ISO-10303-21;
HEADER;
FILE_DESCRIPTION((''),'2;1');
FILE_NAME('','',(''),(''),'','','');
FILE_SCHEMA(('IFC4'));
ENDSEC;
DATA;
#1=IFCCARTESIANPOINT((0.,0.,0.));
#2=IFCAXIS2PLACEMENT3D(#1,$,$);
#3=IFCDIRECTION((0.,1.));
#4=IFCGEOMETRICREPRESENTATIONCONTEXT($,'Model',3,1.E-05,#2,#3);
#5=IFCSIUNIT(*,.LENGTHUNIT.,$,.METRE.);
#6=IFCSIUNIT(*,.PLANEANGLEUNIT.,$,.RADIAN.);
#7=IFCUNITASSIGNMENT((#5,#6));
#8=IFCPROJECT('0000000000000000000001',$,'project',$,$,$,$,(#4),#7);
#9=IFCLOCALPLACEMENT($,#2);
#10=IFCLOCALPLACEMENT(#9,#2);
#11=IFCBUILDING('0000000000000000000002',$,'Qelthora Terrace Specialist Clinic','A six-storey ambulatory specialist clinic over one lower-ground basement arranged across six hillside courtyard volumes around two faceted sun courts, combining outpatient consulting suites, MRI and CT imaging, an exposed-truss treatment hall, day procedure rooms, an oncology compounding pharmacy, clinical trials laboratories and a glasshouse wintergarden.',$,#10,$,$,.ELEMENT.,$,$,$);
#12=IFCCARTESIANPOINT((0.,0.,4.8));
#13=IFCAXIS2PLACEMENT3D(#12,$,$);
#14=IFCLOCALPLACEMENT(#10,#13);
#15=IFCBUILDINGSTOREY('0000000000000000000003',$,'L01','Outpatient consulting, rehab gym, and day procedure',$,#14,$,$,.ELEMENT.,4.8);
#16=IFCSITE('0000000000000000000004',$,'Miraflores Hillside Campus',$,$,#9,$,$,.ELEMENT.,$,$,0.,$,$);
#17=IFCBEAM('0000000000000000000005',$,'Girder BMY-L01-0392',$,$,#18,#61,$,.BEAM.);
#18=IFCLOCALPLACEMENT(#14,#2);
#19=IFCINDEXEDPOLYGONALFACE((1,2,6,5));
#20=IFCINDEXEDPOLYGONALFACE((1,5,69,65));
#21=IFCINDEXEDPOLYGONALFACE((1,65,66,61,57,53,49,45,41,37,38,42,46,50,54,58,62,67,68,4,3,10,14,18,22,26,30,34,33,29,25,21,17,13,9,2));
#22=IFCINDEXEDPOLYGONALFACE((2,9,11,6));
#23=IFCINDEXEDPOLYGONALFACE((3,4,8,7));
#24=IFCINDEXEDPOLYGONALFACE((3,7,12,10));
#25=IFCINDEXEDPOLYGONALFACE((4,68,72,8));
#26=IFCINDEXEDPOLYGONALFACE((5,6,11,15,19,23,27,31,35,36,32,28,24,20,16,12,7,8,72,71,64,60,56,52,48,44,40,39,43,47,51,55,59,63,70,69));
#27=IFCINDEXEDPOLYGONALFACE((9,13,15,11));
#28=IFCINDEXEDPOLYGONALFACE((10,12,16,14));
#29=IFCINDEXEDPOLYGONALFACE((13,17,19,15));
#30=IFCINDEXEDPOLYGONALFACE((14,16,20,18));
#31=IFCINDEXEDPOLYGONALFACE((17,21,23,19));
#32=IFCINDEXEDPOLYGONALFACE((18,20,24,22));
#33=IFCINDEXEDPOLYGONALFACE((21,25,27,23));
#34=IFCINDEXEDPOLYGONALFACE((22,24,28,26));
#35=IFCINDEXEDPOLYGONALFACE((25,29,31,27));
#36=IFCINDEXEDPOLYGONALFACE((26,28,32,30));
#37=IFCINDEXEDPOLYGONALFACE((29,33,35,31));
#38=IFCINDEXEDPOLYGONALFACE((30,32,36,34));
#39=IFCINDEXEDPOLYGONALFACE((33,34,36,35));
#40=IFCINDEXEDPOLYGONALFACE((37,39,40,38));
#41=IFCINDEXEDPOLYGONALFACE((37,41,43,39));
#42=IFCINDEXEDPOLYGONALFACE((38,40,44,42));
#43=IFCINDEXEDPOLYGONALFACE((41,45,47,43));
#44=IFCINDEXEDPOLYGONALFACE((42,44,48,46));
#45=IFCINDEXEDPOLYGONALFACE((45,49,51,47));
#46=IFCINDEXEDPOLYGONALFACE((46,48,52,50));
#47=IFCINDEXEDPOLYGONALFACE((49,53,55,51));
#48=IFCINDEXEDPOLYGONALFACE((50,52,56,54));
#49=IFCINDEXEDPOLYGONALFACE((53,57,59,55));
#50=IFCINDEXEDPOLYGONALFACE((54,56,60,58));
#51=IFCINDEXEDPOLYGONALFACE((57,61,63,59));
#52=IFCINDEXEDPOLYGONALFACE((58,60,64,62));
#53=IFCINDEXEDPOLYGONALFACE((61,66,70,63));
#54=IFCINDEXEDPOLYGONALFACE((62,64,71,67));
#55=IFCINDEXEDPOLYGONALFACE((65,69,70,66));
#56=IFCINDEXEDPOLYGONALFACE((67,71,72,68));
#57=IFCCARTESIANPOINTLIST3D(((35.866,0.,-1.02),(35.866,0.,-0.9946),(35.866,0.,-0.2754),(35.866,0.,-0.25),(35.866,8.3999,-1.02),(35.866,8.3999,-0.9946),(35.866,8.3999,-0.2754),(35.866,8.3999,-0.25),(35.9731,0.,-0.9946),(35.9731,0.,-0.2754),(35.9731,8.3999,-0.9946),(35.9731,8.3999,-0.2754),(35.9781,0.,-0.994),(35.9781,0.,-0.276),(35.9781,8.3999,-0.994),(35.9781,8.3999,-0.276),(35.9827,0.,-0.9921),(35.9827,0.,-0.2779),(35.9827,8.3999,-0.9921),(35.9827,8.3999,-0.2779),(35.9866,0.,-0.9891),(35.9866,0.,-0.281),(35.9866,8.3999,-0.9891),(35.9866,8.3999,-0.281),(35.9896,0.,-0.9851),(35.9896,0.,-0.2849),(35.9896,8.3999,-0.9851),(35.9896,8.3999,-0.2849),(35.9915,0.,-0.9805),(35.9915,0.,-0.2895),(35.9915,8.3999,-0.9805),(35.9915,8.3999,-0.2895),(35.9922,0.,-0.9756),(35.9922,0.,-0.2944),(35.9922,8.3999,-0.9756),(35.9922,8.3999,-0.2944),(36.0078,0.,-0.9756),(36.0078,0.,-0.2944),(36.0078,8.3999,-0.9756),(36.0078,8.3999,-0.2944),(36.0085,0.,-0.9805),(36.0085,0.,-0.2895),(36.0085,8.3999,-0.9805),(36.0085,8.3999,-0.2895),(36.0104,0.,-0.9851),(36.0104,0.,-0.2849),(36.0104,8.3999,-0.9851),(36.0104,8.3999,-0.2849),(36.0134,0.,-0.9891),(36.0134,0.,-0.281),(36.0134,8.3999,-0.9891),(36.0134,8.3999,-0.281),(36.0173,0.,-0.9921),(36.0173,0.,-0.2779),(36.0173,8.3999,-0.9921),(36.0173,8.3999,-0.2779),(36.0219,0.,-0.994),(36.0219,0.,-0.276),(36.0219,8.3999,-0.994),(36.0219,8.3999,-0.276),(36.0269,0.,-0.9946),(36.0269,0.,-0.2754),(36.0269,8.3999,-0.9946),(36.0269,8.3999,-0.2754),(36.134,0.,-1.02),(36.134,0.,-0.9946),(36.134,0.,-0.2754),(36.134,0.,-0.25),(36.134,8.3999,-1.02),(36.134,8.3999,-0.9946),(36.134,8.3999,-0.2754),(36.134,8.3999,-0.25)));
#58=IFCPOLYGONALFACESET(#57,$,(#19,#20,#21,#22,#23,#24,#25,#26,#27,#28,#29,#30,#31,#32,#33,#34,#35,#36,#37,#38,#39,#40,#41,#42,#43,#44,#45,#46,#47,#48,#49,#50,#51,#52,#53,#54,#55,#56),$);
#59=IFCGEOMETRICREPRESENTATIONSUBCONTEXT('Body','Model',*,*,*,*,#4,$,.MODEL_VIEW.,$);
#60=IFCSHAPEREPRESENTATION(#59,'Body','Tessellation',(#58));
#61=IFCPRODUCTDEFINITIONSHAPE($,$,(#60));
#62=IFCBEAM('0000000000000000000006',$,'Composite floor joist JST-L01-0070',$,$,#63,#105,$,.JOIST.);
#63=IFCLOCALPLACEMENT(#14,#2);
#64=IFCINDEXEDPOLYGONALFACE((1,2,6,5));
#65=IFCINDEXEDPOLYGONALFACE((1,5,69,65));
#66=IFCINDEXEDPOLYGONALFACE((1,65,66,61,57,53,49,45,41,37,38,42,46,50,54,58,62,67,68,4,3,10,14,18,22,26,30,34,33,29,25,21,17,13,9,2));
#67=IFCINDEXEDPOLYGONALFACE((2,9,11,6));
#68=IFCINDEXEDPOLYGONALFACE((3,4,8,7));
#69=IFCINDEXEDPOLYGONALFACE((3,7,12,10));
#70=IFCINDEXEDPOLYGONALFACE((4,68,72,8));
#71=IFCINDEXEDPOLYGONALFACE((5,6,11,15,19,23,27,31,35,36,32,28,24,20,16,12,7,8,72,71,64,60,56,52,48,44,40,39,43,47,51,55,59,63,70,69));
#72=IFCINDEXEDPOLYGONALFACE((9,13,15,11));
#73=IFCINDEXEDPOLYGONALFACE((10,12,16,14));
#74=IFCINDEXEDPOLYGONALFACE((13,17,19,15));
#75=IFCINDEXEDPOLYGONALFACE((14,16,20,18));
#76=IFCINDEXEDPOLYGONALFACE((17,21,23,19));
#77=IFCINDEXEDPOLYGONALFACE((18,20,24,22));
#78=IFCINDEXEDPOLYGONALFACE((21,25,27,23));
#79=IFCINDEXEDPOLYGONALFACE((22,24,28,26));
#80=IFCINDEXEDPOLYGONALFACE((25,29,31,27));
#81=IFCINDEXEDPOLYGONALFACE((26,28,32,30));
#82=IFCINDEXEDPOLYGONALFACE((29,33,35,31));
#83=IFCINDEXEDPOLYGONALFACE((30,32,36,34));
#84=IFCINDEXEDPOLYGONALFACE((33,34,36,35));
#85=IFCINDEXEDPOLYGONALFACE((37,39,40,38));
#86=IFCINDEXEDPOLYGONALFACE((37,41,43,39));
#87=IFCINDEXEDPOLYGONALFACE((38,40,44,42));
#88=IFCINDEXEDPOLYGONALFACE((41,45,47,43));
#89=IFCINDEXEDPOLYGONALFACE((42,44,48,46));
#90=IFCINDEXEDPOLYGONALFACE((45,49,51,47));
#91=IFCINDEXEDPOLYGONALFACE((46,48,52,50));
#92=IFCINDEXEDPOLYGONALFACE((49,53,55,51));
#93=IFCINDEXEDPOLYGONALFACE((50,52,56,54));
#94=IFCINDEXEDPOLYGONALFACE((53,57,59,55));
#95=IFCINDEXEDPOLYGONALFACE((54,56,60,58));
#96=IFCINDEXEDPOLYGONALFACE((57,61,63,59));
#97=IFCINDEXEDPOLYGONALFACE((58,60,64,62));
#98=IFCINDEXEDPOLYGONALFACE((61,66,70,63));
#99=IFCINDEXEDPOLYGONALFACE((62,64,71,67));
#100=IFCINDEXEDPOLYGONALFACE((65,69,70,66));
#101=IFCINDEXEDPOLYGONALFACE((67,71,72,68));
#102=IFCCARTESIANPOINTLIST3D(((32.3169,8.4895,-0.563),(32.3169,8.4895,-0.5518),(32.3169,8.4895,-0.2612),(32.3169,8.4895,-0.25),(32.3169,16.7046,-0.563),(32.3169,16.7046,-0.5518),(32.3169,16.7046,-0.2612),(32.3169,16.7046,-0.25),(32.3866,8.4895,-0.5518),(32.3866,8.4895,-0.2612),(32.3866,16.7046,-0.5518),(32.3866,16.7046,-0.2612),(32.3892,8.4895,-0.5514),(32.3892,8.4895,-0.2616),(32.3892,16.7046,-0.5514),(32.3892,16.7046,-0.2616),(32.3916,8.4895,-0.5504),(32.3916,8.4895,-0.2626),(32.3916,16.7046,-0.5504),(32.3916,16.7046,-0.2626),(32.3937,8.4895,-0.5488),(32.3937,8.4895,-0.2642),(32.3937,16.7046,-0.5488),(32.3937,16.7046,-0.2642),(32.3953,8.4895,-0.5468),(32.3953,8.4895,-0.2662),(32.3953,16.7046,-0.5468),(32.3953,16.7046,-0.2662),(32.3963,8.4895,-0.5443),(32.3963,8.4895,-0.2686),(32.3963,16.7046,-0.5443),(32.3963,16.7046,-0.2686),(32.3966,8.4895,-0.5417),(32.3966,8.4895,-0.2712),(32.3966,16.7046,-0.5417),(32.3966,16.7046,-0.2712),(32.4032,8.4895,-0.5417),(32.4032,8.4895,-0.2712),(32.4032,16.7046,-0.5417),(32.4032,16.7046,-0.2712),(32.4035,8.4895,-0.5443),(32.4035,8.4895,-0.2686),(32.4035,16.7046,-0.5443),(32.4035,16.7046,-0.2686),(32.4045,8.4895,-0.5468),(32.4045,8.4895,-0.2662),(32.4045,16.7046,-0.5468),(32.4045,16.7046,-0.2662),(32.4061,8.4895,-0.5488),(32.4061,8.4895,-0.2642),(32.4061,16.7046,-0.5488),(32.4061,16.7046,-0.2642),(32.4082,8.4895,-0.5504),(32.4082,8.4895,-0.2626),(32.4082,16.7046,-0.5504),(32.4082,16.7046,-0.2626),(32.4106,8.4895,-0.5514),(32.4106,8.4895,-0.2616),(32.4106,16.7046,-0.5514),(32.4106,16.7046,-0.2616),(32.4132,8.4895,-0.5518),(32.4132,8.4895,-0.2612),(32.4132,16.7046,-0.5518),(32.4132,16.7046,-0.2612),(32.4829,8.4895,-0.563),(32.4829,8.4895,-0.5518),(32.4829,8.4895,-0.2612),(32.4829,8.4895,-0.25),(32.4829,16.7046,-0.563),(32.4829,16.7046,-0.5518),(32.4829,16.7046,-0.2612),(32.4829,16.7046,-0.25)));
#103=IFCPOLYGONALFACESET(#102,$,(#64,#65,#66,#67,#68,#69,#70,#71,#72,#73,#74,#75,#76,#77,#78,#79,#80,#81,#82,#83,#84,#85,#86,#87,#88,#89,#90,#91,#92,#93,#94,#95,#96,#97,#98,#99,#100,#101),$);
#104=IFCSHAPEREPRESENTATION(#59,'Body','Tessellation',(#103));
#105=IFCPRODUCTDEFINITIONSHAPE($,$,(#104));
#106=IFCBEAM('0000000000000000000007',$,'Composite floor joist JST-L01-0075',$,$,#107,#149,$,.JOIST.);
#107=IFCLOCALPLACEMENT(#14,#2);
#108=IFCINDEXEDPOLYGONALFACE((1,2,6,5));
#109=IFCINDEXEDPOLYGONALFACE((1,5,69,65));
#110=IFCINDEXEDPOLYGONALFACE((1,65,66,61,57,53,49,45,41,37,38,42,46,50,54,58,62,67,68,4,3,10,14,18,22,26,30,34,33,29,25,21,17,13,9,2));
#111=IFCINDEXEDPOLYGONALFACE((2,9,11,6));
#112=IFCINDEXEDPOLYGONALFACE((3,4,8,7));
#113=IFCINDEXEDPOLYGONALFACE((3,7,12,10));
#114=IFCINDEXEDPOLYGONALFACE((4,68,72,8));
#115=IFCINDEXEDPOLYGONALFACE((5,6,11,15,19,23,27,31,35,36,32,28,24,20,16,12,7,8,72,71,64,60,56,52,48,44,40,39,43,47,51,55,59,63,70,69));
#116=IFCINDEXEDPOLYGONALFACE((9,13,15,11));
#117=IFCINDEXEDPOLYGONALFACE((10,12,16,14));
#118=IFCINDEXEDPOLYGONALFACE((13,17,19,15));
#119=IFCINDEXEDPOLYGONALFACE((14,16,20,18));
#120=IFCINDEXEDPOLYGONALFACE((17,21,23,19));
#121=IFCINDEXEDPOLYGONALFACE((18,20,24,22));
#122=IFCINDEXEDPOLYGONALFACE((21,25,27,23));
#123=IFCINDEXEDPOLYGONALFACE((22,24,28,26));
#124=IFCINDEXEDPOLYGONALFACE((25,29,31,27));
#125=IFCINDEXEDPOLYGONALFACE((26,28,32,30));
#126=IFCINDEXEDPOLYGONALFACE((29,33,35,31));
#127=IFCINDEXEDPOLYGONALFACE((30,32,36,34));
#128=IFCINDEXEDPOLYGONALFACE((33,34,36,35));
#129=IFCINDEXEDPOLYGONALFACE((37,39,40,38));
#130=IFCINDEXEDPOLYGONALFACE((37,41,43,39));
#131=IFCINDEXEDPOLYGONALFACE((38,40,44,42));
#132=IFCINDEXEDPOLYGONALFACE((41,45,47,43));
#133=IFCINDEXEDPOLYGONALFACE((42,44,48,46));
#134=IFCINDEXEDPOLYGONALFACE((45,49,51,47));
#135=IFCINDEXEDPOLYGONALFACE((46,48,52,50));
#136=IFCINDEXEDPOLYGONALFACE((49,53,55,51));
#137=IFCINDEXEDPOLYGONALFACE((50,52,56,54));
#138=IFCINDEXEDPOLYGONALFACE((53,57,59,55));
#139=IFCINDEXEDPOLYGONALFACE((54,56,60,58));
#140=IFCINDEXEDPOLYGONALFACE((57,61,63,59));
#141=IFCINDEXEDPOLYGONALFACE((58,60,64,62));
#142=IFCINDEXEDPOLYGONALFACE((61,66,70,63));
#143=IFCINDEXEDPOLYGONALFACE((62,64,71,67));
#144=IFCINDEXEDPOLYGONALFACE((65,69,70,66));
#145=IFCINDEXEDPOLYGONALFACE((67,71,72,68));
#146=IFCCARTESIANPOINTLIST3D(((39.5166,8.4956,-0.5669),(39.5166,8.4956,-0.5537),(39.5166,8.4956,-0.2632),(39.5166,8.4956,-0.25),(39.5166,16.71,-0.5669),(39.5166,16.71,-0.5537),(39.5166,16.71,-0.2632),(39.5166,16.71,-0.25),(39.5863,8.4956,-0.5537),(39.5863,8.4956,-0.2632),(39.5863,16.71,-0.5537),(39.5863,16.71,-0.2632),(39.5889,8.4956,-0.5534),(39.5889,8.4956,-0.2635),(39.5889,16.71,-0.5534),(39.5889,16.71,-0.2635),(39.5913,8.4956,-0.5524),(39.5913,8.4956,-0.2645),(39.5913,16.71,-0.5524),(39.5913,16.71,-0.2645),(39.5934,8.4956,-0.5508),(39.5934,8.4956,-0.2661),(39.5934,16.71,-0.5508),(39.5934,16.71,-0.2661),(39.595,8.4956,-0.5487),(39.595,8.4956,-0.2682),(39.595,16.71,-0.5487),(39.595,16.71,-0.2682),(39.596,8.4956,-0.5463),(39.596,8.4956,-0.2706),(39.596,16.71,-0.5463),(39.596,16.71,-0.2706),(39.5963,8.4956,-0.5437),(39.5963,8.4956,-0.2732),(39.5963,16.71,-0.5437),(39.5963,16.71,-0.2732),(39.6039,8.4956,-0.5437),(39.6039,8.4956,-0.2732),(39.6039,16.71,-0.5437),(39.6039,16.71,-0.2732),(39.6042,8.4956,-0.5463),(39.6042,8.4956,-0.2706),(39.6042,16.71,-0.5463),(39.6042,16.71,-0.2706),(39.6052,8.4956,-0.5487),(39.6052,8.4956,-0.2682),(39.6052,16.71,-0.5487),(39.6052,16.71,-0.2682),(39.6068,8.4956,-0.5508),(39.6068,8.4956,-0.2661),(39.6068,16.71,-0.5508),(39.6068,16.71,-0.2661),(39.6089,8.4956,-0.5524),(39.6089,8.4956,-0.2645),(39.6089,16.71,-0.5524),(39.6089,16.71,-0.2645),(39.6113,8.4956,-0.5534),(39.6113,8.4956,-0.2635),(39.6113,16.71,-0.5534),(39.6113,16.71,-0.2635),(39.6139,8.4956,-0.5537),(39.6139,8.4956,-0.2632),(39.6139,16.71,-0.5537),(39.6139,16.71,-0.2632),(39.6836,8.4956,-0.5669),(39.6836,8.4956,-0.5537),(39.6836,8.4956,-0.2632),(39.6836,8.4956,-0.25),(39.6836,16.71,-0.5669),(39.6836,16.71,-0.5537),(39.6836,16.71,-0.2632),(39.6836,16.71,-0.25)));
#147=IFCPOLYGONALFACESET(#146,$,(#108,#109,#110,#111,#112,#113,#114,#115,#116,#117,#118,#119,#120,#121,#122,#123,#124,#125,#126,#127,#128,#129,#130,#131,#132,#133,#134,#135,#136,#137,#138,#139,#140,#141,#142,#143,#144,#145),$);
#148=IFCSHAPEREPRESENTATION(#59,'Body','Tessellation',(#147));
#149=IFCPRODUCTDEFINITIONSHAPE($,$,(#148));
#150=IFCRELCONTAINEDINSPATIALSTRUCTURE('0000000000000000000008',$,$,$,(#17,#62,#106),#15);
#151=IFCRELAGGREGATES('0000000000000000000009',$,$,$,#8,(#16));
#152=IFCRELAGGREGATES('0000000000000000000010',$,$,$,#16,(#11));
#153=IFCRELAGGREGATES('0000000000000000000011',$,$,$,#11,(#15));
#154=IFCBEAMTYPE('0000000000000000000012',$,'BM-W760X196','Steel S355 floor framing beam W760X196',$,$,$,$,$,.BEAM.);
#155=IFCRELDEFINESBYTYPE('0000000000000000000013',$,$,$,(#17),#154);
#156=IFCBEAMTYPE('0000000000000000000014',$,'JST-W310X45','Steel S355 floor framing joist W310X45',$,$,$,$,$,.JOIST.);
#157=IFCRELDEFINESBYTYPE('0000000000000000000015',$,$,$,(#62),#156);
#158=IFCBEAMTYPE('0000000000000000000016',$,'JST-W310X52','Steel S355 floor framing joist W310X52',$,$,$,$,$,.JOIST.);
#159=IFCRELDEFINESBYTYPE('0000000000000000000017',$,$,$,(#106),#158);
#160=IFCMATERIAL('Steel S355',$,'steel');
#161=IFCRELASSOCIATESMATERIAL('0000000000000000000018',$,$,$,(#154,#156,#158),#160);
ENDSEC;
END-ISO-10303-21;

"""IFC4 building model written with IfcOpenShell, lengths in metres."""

from ifc_helpers import new_model, si_unit, direction, frame, origin, origin_2d, place, context, subcontext, project, spatial, i_section, extrude, material, material_profile, profile_set, type_object, element, save


model = new_model("IFC4")

# Units and contexts
model_context = context("Model", 3, precision=1e-05, world=origin(), true_north=direction((0.0, 1.0)))
body_context = subcontext(model_context, "Body", "Model", "MODEL_VIEW")
ifc_project = project(units=[si_unit("LENGTHUNIT", "METRE"), si_unit("PLANEANGLEUNIT", "RADIAN")], contexts=[model_context])

# Site, building, storey
site_placement = place(None, origin())
site = spatial("IfcSite", under=ifc_project, at=site_placement, Name="Miraflores Hillside Campus", CompositionType="ELEMENT", RefElevation=0.0)
building_placement = place(site_placement, origin())
building = spatial("IfcBuilding", under=site, at=building_placement, Name="Qelthora Terrace Specialist Clinic", Description="A six-storey ambulatory specialist clinic over one lower-ground basement arranged across six hillside courtyard volumes around two faceted sun courts, combining outpatient consulting suites, MRI and CT imaging, an exposed-truss treatment hall, day procedure rooms, an oncology compounding pharmacy, clinical trials laboratories and a glasshouse wintergarden.", CompositionType="ELEMENT")
storey_placement = place(building_placement, frame((0.0, 0.0, 4.8)))
storey = spatial("IfcBuildingStorey", under=building, at=storey_placement, Name="L01", Description="Outpatient consulting, rehab gym, and day procedure", CompositionType="ELEMENT", Elevation=4.8)

# Shared definitions
ifc_material_1 = material(Name="Steel S355", Category="steel")

# Beams
ifc_material_profile_1 = material_profile(ifc_material_1, i_section(OverallWidth=0.2681, OverallDepth=0.77, WebThickness=0.0156, FlangeThickness=0.0254, FilletRadius=0.019, at=origin_2d()), Name="W760X196")
ifc_profile_set_1 = profile_set([ifc_material_profile_1], Name="Steel S355")
beam_type_1 = type_object("IfcBeamType", Name="BM-W760X196", Description="Steel S355 floor framing beam W760X196", PredefinedType="BEAM", material=ifc_profile_set_1)
beam_1_placement = place(storey_placement, frame((36.0, 0.0, -0.635), z_axis=(0.0, 1.0, 0.0), x_axis=(-1.0, 0.0, 0.0)))
element("IfcBeam", 1, at=beam_1_placement, inside=storey, type_object=beam_type_1, Name="Girder BMY-L01-0392", PredefinedType="BEAM", context=body_context, shape_type="SweptSolid", body=[
    extrude(i_section(OverallWidth=0.2681, OverallDepth=0.77, WebThickness=0.0156, FlangeThickness=0.0254, FilletRadius=0.019, at=origin_2d()), origin(), (0.0, 0.0, 1.0), 8.3999),
])
ifc_material_profile_2 = material_profile(ifc_material_1, i_section(OverallWidth=0.166, OverallDepth=0.313, WebThickness=0.0066, FlangeThickness=0.0112, FilletRadius=0.01, at=origin_2d()), Name="W310X45")
ifc_profile_set_2 = profile_set([ifc_material_profile_2], Name="Steel S355")
beam_type_2 = type_object("IfcBeamType", Name="JST-W310X45", Description="Steel S355 floor framing joist W310X45", PredefinedType="JOIST", material=ifc_profile_set_2)
beam_2_placement = place(storey_placement, frame((32.3999, 8.4895, -0.4065), z_axis=(0.0, 1.0, 0.0), x_axis=(-1.0, 0.0, 0.0)))
element("IfcBeam", 2, at=beam_2_placement, inside=storey, type_object=beam_type_2, Name="Composite floor joist JST-L01-0070", PredefinedType="JOIST", context=body_context, shape_type="SweptSolid", body=[
    extrude(i_section(OverallWidth=0.166, OverallDepth=0.313, WebThickness=0.0066, FlangeThickness=0.0112, FilletRadius=0.01, at=origin_2d()), origin(), (0.0, 0.0, 1.0), 8.2151),
])
ifc_material_profile_3 = material_profile(ifc_material_1, i_section(OverallWidth=0.167, OverallDepth=0.3169, WebThickness=0.0076, FlangeThickness=0.0132, FilletRadius=0.01, at=origin_2d()), Name="W310X52")
ifc_profile_set_3 = profile_set([ifc_material_profile_3], Name="Steel S355")
beam_type_3 = type_object("IfcBeamType", Name="JST-W310X52", Description="Steel S355 floor framing joist W310X52", PredefinedType="JOIST", material=ifc_profile_set_3)
beam_3_placement = place(storey_placement, frame((39.6001, 8.4956, -0.4084), z_axis=(0.0, 1.0, 0.0), x_axis=(-1.0, 0.0, 0.0)))
element("IfcBeam", 3, at=beam_3_placement, inside=storey, type_object=beam_type_3, Name="Composite floor joist JST-L01-0075", PredefinedType="JOIST", context=body_context, shape_type="SweptSolid", body=[
    extrude(i_section(OverallWidth=0.167, OverallDepth=0.3169, WebThickness=0.0076, FlangeThickness=0.0132, FilletRadius=0.01, at=origin_2d()), origin(), (0.0, 0.0, 1.0), 8.2144),
])

save(model, "model.ifc")
